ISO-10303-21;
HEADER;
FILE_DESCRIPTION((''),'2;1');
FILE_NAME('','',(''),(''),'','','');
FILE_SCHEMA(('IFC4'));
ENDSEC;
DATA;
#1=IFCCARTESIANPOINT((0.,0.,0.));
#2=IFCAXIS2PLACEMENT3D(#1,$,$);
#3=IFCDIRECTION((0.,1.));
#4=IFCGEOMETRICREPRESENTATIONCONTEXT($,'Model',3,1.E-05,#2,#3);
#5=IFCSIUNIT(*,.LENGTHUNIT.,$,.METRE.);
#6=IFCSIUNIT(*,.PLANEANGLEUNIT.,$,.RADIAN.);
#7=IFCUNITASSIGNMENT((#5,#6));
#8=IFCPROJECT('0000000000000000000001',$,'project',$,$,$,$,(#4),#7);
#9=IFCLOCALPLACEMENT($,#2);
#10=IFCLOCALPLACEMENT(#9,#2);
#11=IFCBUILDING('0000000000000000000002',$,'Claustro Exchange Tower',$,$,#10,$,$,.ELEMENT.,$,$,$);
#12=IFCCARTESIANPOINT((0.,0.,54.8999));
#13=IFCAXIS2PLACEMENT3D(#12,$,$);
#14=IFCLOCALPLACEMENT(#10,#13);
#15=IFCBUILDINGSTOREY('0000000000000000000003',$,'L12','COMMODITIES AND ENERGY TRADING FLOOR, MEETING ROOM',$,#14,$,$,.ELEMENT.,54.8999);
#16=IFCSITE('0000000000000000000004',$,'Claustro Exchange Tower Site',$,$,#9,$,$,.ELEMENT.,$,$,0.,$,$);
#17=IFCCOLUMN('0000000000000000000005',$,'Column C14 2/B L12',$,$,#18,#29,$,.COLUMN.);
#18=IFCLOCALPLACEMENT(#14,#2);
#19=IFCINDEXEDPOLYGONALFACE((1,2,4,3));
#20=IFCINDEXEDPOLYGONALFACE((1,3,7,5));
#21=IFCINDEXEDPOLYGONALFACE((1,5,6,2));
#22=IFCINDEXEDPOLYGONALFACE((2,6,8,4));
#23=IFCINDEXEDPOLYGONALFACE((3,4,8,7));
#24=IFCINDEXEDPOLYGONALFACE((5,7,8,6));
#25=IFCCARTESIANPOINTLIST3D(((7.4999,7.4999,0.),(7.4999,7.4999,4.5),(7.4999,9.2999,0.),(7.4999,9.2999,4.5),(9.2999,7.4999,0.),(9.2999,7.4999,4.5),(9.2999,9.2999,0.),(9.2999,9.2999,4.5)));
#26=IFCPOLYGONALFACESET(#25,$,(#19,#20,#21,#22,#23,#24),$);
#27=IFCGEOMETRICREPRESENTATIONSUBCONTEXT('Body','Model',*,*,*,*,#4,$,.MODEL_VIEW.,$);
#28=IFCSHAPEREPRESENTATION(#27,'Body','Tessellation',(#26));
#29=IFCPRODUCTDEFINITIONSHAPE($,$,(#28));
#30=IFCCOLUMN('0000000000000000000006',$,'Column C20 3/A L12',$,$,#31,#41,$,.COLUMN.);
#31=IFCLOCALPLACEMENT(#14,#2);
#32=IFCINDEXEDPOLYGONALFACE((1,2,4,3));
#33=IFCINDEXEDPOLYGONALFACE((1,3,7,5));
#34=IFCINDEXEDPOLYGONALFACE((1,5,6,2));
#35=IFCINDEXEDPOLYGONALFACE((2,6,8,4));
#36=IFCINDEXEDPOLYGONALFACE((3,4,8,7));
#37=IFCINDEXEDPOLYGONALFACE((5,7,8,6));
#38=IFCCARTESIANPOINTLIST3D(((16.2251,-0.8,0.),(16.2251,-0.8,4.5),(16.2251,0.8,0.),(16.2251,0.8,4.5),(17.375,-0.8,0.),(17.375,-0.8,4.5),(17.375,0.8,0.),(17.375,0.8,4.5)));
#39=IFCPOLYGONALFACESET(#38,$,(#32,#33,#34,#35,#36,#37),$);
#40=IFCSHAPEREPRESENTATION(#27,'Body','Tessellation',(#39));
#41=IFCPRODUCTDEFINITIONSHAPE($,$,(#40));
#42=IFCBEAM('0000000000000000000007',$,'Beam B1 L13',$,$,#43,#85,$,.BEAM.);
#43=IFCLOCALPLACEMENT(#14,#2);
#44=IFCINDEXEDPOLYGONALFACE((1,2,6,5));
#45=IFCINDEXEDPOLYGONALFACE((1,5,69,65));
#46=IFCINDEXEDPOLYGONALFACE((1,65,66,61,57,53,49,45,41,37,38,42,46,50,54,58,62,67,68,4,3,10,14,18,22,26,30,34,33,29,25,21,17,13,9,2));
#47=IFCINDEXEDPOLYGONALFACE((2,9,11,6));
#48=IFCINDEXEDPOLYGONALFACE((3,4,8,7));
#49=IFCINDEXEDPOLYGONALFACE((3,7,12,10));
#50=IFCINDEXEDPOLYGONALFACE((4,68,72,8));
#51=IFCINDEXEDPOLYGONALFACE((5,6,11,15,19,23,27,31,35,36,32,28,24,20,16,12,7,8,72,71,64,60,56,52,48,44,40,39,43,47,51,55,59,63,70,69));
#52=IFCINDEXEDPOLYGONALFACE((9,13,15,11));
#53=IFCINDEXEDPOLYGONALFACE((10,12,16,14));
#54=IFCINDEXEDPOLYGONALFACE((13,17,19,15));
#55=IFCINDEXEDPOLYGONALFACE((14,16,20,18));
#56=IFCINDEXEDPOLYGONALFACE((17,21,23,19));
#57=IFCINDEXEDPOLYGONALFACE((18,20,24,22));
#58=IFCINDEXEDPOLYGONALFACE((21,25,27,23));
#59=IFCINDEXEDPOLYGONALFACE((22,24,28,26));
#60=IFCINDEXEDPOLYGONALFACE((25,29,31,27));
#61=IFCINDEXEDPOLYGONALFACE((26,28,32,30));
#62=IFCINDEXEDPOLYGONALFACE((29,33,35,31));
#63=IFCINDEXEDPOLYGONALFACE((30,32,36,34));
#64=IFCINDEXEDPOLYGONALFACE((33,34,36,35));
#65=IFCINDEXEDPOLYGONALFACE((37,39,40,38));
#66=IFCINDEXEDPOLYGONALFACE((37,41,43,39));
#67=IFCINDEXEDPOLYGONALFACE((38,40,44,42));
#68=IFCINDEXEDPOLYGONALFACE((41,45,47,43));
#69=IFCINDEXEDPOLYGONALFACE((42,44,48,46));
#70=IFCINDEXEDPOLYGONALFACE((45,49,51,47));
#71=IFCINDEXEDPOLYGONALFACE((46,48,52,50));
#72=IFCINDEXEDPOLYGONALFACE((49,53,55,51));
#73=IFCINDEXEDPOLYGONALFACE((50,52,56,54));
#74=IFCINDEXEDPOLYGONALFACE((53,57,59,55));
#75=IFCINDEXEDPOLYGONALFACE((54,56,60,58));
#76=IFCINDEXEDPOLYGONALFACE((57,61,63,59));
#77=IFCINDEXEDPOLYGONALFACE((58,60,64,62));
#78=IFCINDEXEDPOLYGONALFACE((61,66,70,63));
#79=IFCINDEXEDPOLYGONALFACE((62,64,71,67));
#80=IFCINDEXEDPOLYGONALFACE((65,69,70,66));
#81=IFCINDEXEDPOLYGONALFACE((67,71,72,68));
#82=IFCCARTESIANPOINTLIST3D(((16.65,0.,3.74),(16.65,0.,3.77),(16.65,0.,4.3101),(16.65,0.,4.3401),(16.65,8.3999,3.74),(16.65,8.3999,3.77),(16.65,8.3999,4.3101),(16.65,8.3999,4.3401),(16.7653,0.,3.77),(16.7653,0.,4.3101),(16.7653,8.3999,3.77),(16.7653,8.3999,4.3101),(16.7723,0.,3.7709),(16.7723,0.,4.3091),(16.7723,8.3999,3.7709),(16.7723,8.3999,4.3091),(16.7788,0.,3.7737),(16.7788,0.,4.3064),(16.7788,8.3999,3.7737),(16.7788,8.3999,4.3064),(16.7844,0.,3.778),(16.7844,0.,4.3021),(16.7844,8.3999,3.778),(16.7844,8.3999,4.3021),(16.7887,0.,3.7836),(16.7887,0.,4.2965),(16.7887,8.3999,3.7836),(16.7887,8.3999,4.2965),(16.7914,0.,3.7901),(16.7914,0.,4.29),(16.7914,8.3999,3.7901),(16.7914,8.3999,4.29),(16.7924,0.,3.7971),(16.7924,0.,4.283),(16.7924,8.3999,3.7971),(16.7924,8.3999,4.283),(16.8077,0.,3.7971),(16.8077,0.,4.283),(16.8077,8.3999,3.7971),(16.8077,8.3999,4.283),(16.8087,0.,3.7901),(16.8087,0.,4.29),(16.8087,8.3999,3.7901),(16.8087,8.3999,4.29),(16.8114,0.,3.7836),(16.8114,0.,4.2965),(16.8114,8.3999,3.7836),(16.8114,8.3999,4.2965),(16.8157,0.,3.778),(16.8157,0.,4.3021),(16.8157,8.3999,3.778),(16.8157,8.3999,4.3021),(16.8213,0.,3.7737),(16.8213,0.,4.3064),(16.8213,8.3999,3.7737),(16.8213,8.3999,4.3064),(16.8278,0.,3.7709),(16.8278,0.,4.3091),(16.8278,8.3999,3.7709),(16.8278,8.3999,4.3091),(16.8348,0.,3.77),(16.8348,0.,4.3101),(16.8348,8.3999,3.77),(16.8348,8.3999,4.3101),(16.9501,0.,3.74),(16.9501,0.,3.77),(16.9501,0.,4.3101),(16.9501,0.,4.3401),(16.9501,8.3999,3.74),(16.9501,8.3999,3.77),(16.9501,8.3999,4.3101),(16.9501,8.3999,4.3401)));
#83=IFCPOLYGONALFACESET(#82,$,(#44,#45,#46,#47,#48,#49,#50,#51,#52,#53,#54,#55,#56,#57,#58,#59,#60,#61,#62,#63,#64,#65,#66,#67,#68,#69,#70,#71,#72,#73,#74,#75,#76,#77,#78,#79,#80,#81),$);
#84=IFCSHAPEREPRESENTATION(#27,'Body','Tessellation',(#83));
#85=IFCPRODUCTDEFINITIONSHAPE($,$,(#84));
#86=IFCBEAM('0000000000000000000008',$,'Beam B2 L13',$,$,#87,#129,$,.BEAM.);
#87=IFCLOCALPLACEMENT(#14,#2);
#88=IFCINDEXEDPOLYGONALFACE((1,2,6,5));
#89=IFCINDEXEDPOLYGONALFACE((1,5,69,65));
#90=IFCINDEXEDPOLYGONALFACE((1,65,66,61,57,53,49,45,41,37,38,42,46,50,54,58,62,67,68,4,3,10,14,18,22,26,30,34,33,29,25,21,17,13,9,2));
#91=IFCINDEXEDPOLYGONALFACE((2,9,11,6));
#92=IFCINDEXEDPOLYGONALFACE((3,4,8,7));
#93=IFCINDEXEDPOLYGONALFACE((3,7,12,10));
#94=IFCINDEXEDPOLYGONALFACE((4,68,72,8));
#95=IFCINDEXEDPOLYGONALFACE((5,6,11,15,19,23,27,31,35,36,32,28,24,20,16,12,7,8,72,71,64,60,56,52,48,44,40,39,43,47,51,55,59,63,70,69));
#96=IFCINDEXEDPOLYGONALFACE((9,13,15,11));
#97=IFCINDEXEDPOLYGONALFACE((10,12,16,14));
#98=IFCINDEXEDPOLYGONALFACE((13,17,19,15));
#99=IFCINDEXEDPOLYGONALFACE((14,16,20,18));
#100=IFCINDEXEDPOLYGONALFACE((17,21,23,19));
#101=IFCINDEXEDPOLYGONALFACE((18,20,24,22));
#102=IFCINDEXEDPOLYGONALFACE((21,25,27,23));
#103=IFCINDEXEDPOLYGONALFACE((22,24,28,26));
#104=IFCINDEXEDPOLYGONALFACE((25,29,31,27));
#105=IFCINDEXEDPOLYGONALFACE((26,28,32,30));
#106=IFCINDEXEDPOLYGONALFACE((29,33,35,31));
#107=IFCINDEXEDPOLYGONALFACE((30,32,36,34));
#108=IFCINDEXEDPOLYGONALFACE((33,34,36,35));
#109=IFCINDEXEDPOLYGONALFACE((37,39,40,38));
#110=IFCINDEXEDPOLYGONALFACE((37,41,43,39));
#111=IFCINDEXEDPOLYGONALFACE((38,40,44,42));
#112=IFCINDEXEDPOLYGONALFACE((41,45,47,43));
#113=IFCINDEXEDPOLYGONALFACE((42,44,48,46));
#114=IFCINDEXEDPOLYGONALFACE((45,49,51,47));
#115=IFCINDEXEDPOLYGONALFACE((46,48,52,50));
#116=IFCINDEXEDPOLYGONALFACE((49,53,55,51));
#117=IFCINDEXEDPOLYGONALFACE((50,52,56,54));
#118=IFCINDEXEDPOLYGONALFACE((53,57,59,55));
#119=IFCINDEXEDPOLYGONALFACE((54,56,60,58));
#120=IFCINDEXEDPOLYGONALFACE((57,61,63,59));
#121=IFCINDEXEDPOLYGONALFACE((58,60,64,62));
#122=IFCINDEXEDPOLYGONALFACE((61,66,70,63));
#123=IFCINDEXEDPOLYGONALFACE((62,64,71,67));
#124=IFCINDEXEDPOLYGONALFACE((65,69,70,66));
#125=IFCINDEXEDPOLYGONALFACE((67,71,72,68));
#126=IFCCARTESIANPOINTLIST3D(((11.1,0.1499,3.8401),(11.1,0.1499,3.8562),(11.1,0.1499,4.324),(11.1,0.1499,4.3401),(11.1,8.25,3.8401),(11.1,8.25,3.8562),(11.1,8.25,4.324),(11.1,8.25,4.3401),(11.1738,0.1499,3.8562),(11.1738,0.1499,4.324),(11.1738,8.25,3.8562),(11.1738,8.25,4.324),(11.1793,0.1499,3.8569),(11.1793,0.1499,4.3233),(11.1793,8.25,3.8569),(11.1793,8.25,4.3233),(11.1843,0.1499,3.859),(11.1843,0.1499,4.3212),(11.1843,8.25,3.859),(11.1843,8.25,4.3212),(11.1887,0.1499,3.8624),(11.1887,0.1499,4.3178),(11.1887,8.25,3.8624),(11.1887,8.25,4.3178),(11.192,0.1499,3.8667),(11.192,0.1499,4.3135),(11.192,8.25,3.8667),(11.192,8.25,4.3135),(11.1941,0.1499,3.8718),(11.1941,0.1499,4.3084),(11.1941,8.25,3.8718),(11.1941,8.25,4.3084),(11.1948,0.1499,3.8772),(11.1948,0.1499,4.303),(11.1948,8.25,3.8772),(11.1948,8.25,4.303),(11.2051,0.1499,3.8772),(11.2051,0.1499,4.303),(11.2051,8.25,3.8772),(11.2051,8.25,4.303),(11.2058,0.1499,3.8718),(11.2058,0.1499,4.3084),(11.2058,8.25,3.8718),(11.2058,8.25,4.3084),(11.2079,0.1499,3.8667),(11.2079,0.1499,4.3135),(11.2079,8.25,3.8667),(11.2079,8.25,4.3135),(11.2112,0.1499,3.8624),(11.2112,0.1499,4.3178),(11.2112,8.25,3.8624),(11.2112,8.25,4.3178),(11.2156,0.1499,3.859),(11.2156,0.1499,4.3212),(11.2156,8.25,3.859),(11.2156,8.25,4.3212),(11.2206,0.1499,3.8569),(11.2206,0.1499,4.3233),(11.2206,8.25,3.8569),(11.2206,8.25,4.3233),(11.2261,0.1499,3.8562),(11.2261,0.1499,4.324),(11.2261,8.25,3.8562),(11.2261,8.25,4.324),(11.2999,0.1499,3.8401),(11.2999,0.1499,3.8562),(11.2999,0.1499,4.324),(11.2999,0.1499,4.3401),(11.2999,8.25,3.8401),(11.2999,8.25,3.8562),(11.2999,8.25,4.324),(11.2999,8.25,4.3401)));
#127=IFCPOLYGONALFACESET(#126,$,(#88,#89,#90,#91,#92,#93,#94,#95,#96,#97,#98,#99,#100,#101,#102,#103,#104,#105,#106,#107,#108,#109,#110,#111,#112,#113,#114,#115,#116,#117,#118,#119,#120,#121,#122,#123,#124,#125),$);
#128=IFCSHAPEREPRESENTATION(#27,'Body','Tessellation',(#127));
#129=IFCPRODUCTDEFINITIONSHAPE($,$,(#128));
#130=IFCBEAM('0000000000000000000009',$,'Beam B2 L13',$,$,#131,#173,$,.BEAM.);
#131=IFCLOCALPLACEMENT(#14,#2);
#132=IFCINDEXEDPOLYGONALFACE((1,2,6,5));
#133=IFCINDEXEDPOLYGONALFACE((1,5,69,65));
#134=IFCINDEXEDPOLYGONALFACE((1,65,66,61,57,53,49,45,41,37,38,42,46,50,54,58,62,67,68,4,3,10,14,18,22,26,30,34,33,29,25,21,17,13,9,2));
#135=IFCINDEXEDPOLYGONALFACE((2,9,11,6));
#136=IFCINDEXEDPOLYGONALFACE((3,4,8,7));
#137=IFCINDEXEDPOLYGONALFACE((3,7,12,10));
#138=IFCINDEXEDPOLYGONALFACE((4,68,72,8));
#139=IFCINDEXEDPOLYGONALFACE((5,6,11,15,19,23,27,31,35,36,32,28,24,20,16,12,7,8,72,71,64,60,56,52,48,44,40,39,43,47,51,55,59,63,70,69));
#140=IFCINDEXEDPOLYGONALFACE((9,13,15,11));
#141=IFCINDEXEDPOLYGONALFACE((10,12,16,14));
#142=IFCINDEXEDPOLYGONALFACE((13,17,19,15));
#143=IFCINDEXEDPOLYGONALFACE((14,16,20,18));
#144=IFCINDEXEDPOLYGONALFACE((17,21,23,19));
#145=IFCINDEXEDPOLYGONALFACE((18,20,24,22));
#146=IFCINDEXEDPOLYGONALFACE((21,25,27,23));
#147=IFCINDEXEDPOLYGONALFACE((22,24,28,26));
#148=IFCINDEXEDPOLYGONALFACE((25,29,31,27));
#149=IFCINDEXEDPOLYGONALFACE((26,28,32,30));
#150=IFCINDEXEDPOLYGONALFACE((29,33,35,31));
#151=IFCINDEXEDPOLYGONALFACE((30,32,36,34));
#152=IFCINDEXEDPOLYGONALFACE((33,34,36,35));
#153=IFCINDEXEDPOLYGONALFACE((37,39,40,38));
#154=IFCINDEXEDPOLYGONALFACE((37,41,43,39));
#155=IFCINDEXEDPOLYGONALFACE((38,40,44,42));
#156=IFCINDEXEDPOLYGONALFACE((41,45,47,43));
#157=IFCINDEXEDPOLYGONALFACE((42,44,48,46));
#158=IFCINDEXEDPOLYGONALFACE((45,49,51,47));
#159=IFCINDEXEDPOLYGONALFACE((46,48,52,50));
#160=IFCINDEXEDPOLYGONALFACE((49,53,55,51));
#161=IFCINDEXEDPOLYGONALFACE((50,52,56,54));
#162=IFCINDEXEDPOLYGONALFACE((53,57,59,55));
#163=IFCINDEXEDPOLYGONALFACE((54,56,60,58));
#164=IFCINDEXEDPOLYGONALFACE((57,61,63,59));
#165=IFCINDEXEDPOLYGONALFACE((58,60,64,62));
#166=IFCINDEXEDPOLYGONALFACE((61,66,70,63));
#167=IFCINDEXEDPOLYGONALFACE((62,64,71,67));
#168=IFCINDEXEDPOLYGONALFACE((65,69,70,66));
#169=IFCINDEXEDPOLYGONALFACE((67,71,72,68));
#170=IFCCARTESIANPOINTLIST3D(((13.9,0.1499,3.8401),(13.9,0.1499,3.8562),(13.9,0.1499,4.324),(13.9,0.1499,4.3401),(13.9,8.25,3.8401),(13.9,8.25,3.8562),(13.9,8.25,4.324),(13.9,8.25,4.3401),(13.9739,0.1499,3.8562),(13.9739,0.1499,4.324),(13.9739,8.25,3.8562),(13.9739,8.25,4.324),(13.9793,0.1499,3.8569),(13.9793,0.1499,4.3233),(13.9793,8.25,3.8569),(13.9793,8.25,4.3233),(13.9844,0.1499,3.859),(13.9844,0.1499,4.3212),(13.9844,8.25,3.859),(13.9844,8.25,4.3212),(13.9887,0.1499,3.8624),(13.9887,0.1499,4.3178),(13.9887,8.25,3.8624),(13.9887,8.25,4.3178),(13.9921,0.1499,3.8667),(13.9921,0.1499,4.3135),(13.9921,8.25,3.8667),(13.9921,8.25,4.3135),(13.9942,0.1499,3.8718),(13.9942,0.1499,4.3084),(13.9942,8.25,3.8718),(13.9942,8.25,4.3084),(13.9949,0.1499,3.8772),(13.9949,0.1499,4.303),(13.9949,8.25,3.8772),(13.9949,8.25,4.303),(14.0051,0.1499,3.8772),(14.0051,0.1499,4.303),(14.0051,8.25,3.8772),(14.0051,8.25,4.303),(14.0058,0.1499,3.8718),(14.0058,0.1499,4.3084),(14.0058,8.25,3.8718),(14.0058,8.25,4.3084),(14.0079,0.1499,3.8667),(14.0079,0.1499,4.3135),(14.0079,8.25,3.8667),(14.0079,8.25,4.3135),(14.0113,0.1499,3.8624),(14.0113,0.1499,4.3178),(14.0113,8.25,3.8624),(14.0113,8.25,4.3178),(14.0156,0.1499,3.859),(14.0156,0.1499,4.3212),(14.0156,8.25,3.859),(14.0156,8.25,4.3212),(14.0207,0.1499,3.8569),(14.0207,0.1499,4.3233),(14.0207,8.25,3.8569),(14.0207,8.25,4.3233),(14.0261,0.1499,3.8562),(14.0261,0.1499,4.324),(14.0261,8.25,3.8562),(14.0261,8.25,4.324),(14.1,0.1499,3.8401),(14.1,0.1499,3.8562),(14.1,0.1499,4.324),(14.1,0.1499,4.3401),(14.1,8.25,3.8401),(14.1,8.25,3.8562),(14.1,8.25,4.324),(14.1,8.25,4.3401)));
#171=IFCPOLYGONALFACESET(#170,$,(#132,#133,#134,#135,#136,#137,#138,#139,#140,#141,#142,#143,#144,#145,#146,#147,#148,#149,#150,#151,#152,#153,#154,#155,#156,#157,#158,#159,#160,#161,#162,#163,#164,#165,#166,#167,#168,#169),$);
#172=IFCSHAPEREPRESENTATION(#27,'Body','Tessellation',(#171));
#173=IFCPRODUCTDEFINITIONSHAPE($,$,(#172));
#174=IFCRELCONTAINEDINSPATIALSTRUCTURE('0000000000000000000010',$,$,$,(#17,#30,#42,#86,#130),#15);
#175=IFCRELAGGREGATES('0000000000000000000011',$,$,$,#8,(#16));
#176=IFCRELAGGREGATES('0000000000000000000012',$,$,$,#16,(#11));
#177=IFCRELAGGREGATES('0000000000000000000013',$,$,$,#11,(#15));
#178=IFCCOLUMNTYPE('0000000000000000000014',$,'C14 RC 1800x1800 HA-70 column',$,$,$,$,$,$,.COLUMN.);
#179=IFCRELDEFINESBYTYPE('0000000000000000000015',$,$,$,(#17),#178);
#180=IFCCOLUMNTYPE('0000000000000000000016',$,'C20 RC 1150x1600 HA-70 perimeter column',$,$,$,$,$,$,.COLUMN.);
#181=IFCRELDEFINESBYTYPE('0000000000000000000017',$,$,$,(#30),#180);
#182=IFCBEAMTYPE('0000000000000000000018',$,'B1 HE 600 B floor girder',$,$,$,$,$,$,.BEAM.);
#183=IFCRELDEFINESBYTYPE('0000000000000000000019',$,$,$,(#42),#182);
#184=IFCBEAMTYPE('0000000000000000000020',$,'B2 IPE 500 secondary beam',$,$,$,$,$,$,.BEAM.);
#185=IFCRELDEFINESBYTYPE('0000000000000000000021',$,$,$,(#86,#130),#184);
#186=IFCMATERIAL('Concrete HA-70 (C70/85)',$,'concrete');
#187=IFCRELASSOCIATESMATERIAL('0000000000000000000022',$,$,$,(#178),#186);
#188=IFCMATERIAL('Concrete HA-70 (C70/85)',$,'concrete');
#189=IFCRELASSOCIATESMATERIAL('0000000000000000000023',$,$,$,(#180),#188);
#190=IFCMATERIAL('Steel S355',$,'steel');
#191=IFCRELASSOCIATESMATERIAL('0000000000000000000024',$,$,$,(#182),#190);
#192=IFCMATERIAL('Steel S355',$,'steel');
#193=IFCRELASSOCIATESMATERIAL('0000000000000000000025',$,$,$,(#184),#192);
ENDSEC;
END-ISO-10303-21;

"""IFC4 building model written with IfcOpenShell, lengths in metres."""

from ifc_helpers import new_model, si_unit, direction, frame, origin, origin_2d, place, context, subcontext, project, spatial, rectangle, i_section, extrude, material, material_profile, profile_set, type_object, element, save


model = new_model("IFC4")

# Units and contexts
model_context = context("Model", 3, precision=1e-05, world=origin(), true_north=direction((0.0, 1.0)))
body_context = subcontext(model_context, "Body", "Model", "MODEL_VIEW")
ifc_project = project(units=[si_unit("LENGTHUNIT", "METRE"), si_unit("PLANEANGLEUNIT", "RADIAN")], contexts=[model_context])

# Site, building, storey
site_placement = place(None, origin())
site = spatial("IfcSite", under=ifc_project, at=site_placement, Name="Claustro Exchange Tower Site", CompositionType="ELEMENT", RefElevation=0.0)
building_placement = place(site_placement, origin())
building = spatial("IfcBuilding", under=site, at=building_placement, Name="Claustro Exchange Tower", CompositionType="ELEMENT")
storey_placement = place(building_placement, frame((0.0, 0.0, 54.8999)))
storey = spatial("IfcBuildingStorey", under=building, at=storey_placement, Name="L12", Description="COMMODITIES AND ENERGY TRADING FLOOR, MEETING ROOM", CompositionType="ELEMENT", Elevation=54.8999)

# Columns
ifc_material_1 = material(Name="Concrete HA-70 (C70/85)", Category="concrete")
ifc_material_profile_1 = material_profile(ifc_material_1, rectangle(XDim=1.8, YDim=1.8, at=origin_2d()), Name="RC 1800x1800")
ifc_profile_set_1 = profile_set([ifc_material_profile_1], Name="Concrete HA-70 (C70/85)")
column_type_1 = type_object("IfcColumnType", Name="C14 RC 1800x1800 HA-70 column", PredefinedType="COLUMN", material=ifc_profile_set_1)
column_1_placement = place(storey_placement, frame((8.3999, 8.3999, 0.0), z_axis=(0.0, 0.0, 1.0), x_axis=(1.0, 0.0, 0.0)))
element("IfcColumn", 1, at=column_1_placement, inside=storey, type_object=column_type_1, Name="Column C14 2/B L12", PredefinedType="COLUMN", context=body_context, shape_type="SweptSolid", body=[
    extrude(rectangle(XDim=1.8, YDim=1.8, at=origin_2d()), origin(), (0.0, 0.0, 1.0), 4.5),
])
ifc_material_2 = material(Name="Concrete HA-70 (C70/85)", Category="concrete")
ifc_material_profile_2 = material_profile(ifc_material_2, rectangle(XDim=1.1499, YDim=1.6001, at=origin_2d()), Name="RC 1150x1600")
ifc_profile_set_2 = profile_set([ifc_material_profile_2], Name="Concrete HA-70 (C70/85)")
column_type_2 = type_object("IfcColumnType", Name="C20 RC 1150x1600 HA-70 perimeter column", PredefinedType="COLUMN", material=ifc_profile_set_2)
column_2_placement = place(storey_placement, frame((16.8, 0.0, 0.0), z_axis=(0.0, 0.0, 1.0), x_axis=(1.0, 0.0, 0.0)))
element("IfcColumn", 2, at=column_2_placement, inside=storey, type_object=column_type_2, Name="Column C20 3/A L12", PredefinedType="COLUMN", context=body_context, shape_type="SweptSolid", body=[
    extrude(rectangle(XDim=1.1499, YDim=1.6001, at=origin_2d()), origin(), (0.0, 0.0, 1.0), 4.5),
])

# Beams
ifc_material_3 = material(Name="Steel S355", Category="steel")
ifc_material_profile_3 = material_profile(ifc_material_3, i_section(OverallWidth=0.3, OverallDepth=0.6001, WebThickness=0.0154, FlangeThickness=0.03, FilletRadius=0.0271, at=origin_2d()), Name="HE 600 B")
ifc_profile_set_3 = profile_set([ifc_material_profile_3], Name="Steel S355")
beam_type_1 = type_object("IfcBeamType", Name="B1 HE 600 B floor girder", PredefinedType="BEAM", material=ifc_profile_set_3)
beam_1_placement = place(storey_placement, frame((16.8, 0.0, 4.04), z_axis=(0.0, 1.0, 0.0), x_axis=(-1.0, 0.0, 0.0)))
element("IfcBeam", 3, at=beam_1_placement, inside=storey, type_object=beam_type_1, Name="Beam B1 L13", PredefinedType="BEAM", context=body_context, shape_type="SweptSolid", body=[
    extrude(i_section(OverallWidth=0.3, OverallDepth=0.6001, WebThickness=0.0154, FlangeThickness=0.03, FilletRadius=0.0271, at=origin_2d()), origin(), (0.0, 0.0, 1.0), 8.3999),
])
ifc_material_4 = material(Name="Steel S355", Category="steel")
ifc_material_profile_4 = material_profile(ifc_material_4, i_section(OverallWidth=0.2, OverallDepth=0.5, WebThickness=0.0103, FlangeThickness=0.0161, FilletRadius=0.021, at=origin_2d()), Name="IPE 500")
ifc_profile_set_4 = profile_set([ifc_material_profile_4], Name="Steel S355")
beam_type_2 = type_object("IfcBeamType", Name="B2 IPE 500 secondary beam", PredefinedType="BEAM", material=ifc_profile_set_4)
for number, where, z_axis, x_axis, name in (
    (4, (11.2, 0.1499, 4.0901), (0.0, 1.0, 0.0), (-1.0, 0.0, 0.0), "Beam B2 L13"),
    (5, (14.0, 0.1499, 4.0901), (0.0, 1.0, 0.0), (-1.0, 0.0, 0.0), "Beam B2 L13"),
):
    element("IfcBeam", number, at=place(storey_placement, frame(where, z_axis=z_axis, x_axis=x_axis)), inside=storey, type_object=beam_type_2, Name=name, PredefinedType="BEAM", context=body_context, shape_type="SweptSolid", body=[
        extrude(i_section(OverallWidth=0.2, OverallDepth=0.5, WebThickness=0.0103, FlangeThickness=0.0161, FilletRadius=0.021, at=origin_2d()), origin(), (0.0, 0.0, 1.0), 8.1001),
    ])

save(model, "model.ifc")
